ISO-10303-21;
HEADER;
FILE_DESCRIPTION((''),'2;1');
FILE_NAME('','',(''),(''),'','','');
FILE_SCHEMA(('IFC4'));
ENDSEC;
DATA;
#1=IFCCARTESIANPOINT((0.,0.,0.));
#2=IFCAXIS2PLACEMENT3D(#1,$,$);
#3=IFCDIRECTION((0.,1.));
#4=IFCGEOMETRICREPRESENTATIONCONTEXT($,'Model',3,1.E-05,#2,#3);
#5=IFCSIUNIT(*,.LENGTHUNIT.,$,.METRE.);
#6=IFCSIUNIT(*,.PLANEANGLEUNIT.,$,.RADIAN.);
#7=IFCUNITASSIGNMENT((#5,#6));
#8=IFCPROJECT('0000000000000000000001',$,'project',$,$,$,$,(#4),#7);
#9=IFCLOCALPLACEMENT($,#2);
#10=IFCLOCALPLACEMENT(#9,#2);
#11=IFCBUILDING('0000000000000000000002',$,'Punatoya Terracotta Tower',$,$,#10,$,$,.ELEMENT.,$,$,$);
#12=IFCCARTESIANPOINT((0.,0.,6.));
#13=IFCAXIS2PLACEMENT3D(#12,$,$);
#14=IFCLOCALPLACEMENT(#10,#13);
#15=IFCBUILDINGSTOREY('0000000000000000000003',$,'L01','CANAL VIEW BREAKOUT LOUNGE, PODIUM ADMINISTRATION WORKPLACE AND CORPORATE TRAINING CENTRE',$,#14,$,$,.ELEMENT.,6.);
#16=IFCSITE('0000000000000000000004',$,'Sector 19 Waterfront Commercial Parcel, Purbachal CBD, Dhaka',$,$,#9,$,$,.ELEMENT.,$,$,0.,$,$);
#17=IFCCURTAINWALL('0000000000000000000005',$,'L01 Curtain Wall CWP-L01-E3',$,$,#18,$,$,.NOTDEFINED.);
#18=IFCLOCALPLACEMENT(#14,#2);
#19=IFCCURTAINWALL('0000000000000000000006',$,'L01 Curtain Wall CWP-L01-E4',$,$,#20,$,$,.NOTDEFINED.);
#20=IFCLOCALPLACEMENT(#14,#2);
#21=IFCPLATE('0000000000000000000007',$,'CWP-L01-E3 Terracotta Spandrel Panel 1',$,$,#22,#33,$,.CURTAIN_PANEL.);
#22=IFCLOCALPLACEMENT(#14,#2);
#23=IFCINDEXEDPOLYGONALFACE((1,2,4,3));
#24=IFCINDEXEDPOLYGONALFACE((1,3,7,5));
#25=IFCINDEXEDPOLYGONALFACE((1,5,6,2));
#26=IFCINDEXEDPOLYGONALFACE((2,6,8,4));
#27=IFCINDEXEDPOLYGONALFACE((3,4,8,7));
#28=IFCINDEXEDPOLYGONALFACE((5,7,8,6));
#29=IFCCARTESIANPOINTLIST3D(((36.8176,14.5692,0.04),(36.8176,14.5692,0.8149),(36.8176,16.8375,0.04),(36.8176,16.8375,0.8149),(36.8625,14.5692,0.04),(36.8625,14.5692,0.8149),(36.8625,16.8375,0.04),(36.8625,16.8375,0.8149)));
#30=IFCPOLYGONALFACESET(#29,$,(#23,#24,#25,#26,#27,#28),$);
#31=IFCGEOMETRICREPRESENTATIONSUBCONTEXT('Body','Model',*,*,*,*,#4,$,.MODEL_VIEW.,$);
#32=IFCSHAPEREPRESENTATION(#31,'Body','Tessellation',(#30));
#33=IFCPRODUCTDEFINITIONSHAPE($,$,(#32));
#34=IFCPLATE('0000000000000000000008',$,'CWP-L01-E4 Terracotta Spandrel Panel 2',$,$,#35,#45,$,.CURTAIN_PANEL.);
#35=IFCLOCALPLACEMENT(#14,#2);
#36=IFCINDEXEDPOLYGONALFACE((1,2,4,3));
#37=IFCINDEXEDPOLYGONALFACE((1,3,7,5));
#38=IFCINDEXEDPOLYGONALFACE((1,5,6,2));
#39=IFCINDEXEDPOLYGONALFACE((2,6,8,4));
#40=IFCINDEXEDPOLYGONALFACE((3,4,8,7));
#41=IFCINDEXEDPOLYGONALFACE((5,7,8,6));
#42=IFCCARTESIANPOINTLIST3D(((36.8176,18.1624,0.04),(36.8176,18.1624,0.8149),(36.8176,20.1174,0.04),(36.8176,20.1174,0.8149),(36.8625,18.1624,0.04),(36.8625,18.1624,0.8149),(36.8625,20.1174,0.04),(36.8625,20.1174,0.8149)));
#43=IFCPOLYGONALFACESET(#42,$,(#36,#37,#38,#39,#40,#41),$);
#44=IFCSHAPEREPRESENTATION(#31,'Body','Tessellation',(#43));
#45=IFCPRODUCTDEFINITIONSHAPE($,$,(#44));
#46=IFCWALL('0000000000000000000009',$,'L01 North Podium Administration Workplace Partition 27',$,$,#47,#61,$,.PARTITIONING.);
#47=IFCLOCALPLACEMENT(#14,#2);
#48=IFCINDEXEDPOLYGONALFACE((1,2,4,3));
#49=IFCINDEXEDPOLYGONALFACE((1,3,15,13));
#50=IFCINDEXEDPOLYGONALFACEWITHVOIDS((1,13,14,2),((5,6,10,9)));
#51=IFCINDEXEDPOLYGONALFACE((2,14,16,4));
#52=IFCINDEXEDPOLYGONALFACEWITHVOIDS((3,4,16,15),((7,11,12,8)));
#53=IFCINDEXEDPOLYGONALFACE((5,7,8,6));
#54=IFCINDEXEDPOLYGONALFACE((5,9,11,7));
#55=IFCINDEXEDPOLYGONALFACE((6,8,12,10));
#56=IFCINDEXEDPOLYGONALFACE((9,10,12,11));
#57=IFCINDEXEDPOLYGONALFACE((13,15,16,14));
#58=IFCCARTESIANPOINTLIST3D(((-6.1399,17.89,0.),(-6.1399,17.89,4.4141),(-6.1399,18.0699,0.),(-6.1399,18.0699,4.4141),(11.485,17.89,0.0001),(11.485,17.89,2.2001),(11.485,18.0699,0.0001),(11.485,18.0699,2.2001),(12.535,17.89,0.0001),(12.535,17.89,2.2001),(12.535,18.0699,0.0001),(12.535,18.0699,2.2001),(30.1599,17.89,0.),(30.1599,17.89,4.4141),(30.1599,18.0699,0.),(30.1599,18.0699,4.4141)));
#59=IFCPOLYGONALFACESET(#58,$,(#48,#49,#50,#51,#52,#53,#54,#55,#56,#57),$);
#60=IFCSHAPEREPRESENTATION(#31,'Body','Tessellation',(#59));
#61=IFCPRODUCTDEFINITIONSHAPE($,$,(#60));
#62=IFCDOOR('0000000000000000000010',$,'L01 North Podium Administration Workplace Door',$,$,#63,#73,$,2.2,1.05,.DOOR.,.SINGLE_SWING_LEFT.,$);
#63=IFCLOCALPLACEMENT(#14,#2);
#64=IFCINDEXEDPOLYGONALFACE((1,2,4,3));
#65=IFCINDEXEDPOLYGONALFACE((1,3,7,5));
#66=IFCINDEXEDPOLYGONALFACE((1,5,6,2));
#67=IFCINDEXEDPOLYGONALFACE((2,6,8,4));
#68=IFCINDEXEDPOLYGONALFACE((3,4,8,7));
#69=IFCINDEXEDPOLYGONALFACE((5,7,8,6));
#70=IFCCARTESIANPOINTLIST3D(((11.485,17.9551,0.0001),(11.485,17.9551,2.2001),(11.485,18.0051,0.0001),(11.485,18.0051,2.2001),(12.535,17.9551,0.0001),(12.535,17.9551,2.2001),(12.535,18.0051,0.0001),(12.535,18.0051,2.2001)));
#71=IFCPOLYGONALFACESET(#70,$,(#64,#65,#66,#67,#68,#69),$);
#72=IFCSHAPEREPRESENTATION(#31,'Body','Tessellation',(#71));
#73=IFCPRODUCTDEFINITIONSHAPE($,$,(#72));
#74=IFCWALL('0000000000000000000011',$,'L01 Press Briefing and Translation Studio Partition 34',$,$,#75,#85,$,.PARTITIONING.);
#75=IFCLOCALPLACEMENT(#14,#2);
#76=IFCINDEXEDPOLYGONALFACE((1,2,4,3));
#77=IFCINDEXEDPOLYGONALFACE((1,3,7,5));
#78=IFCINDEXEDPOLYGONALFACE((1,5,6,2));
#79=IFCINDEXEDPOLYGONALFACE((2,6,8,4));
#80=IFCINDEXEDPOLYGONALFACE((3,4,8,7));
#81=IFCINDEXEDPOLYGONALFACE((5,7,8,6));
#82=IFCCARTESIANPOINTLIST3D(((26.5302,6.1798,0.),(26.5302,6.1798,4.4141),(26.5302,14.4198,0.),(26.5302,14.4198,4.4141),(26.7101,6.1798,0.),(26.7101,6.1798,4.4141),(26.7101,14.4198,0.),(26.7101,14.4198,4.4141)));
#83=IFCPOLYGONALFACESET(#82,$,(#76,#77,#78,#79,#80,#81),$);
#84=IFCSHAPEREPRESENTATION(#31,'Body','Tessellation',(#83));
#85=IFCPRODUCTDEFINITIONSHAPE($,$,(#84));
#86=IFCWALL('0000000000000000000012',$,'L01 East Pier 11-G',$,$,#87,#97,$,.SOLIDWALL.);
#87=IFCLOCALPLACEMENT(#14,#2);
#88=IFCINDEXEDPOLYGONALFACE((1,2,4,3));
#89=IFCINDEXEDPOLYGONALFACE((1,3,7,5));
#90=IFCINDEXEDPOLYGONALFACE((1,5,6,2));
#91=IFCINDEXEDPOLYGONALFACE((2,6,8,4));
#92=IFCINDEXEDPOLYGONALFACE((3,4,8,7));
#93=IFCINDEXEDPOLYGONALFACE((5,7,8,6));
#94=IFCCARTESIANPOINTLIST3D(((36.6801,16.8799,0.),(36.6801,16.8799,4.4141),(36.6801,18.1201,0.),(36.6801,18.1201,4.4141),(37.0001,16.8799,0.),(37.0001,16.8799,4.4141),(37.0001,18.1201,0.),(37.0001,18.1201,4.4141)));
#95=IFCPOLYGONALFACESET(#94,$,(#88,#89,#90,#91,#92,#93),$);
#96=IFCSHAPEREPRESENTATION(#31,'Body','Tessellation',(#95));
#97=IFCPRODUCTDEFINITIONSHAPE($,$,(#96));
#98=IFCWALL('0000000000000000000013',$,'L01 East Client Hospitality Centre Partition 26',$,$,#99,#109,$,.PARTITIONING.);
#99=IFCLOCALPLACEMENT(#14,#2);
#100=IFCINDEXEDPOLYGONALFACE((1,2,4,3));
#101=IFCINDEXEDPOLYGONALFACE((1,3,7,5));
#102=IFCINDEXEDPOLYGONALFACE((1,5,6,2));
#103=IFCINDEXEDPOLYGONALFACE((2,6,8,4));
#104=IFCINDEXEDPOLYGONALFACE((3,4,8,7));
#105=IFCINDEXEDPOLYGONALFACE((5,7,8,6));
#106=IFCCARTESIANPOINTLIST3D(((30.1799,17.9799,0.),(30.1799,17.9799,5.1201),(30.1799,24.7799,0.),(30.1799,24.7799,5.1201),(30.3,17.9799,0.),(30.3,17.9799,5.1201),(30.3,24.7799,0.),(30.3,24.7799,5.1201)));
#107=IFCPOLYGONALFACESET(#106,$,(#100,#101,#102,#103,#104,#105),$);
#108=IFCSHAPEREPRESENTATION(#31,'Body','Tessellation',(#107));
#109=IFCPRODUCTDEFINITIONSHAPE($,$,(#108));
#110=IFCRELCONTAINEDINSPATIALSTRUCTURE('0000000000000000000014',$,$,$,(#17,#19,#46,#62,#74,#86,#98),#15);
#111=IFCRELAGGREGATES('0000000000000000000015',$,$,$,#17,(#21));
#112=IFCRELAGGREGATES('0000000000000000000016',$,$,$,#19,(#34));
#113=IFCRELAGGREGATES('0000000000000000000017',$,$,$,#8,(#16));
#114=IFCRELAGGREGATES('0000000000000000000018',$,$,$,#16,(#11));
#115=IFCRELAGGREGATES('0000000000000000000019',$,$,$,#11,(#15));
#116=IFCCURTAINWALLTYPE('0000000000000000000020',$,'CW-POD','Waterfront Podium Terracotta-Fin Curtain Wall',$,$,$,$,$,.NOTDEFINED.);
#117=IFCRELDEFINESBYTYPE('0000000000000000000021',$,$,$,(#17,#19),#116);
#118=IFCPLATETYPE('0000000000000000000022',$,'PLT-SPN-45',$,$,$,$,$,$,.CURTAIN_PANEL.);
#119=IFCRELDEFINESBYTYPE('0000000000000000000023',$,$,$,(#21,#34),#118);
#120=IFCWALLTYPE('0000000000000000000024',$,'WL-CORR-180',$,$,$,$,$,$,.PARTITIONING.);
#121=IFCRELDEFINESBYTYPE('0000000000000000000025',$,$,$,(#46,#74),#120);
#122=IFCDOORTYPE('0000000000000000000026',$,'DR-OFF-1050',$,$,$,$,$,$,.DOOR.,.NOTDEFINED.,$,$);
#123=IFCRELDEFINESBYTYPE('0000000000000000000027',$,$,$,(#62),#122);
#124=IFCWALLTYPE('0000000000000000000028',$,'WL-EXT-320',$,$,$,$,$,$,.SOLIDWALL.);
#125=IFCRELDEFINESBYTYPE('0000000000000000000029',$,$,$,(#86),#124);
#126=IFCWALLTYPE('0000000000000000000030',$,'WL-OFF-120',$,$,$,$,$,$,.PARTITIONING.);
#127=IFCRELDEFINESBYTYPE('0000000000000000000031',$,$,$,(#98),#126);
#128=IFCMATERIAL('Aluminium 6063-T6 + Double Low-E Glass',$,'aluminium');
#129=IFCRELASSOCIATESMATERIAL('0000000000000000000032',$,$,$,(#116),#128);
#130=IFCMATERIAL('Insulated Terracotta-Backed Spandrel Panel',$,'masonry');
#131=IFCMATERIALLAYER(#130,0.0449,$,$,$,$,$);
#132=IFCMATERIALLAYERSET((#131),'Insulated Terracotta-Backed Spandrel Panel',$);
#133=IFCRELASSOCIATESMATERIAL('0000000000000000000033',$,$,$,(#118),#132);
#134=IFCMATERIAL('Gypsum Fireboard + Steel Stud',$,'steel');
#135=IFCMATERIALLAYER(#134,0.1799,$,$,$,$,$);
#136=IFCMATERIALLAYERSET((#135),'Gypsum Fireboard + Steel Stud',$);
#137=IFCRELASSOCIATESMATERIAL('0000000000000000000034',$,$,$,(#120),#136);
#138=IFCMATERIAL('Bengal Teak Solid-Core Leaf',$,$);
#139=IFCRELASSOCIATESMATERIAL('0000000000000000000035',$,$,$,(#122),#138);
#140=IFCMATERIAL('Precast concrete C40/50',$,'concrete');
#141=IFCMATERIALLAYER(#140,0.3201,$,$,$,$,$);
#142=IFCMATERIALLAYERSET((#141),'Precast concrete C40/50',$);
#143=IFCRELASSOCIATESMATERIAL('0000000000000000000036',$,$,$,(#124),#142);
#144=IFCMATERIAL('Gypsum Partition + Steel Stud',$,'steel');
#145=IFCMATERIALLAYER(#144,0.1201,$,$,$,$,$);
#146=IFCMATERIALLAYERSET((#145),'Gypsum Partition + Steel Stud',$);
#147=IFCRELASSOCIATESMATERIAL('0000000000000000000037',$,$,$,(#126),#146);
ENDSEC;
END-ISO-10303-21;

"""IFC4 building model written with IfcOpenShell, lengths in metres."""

from ifc_helpers import new_model, si_unit, direction, frame, frame_2d, origin, origin_2d, place, context, subcontext, project, spatial, rectangle, extrude, material, layer, layer_set, type_object, element, fill, aggregate, save


model = new_model("IFC4")

# Units and contexts
model_context = context("Model", 3, precision=1e-05, world=origin(), true_north=direction((0.0, 1.0)))
body_context = subcontext(model_context, "Body", "Model", "MODEL_VIEW")
ifc_project = project(units=[si_unit("LENGTHUNIT", "METRE"), si_unit("PLANEANGLEUNIT", "RADIAN")], contexts=[model_context])

# Site, building, storey
site_placement = place(None, origin())
site = spatial("IfcSite", under=ifc_project, at=site_placement, Name="Sector 19 Waterfront Commercial Parcel, Purbachal CBD, Dhaka", CompositionType="ELEMENT", RefElevation=0.0)
building_placement = place(site_placement, origin())
building = spatial("IfcBuilding", under=site, at=building_placement, Name="Punatoya Terracotta Tower", CompositionType="ELEMENT")
storey_placement = place(building_placement, frame((0.0, 0.0, 6.0)))
storey = spatial("IfcBuildingStorey", under=building, at=storey_placement, Name="L01", Description="CANAL VIEW BREAKOUT LOUNGE, PODIUM ADMINISTRATION WORKPLACE AND CORPORATE TRAINING CENTRE", CompositionType="ELEMENT", Elevation=6.0)

# Curtain wall
ifc_material_1 = material(Name="Aluminium 6063-T6 + Double Low-E Glass", Category="aluminium")
curtain_wall_type = type_object("IfcCurtainWallType", Name="CW-POD", Description="Waterfront Podium Terracotta-Fin Curtain Wall", PredefinedType="NOTDEFINED", material=ifc_material_1)
curtain_wall_1_placement = place(storey_placement, origin())
curtain_wall_1 = element("IfcCurtainWall", 1, at=curtain_wall_1_placement, inside=storey, type_object=curtain_wall_type, Name="L01 Curtain Wall CWP-L01-E3", PredefinedType="NOTDEFINED")

# Curtain wall
curtain_wall_2_placement = place(storey_placement, origin())
curtain_wall_2 = element("IfcCurtainWall", 2, at=curtain_wall_2_placement, inside=storey, type_object=curtain_wall_type, Name="L01 Curtain Wall CWP-L01-E4", PredefinedType="NOTDEFINED")

# Plates
ifc_material_2 = material(Name="Insulated Terracotta-Backed Spandrel Panel", Category="masonry")
ifc_layer_1 = layer(ifc_material_2, 0.0449)
ifc_layer_set_1 = layer_set([ifc_layer_1], Name="Insulated Terracotta-Backed Spandrel Panel")
plate_type_1 = type_object("IfcPlateType", Name="PLT-SPN-45", PredefinedType="CURTAIN_PANEL", material=ifc_layer_set_1)
plate_1_placement = place(storey_placement, frame((36.8401, 15.7034, 0.04), z_axis=(0.0, 0.0, 1.0), x_axis=(0.0, -1.0, 0.0)))
plate_1 = element("IfcPlate", 3, at=plate_1_placement, type_object=plate_type_1, Name="CWP-L01-E3 Terracotta Spandrel Panel 1", PredefinedType="CURTAIN_PANEL", context=body_context, shape_type="SweptSolid", body=[
    extrude(rectangle(XDim=2.2683, YDim=0.0449, at=origin_2d()), origin(), (0.0, 0.0, 1.0), 0.7749),
])
aggregate(curtain_wall_1, [plate_1])
plate_2_placement = place(storey_placement, frame((36.8401, 19.1399, 0.04), z_axis=(0.0, 0.0, 1.0), x_axis=(0.0, -1.0, 0.0)))
plate_2 = element("IfcPlate", 4, at=plate_2_placement, type_object=plate_type_1, Name="CWP-L01-E4 Terracotta Spandrel Panel 2", PredefinedType="CURTAIN_PANEL", context=body_context, shape_type="SweptSolid", body=[
    extrude(rectangle(XDim=1.9551, YDim=0.0449, at=origin_2d()), origin(), (0.0, 0.0, 1.0), 0.7749),
])
aggregate(curtain_wall_2, [plate_2])

# Wall, opening, door
ifc_material_3 = material(Name="Gypsum Fireboard + Steel Stud", Category="steel")
ifc_layer_2 = layer(ifc_material_3, 0.1799)
ifc_layer_set_2 = layer_set([ifc_layer_2], Name="Gypsum Fireboard + Steel Stud")
wall_type_1 = type_object("IfcWallType", Name="WL-CORR-180", PredefinedType="PARTITIONING", material=ifc_layer_set_2)
wall_1_placement = place(storey_placement, frame((30.1599, 17.98, 0.0), z_axis=(0.0, 0.0, 1.0), x_axis=(-1.0, 0.0, 0.0)))
wall_1 = element("IfcWall", 5, at=wall_1_placement, inside=storey, type_object=wall_type_1, Name="L01 North Podium Administration Workplace Partition 27", PredefinedType="PARTITIONING", context=body_context, shape_type="SweptSolid", body=[
    extrude(rectangle(XDim=36.2998, YDim=0.1799, at=frame_2d((18.1499, 0.0))), origin(), (0.0, 0.0, 1.0), 4.4141),
])
opening_placement = place(wall_1_placement, frame((17.625, 0.0, 0.0)))
opening = element("IfcOpeningElement", 6, at=opening_placement, cuts=wall_1, PredefinedType="OPENING", context=body_context, shape_type="SweptSolid", body=[
    extrude(rectangle(XDim=1.05, YDim=2.2, at=frame_2d((0.5249, 1.1001))), frame((0.0, 0.0999, 0.0), z_axis=(0.0, -1.0, 0.0), x_axis=(1.0, 0.0, 0.0)), (0.0, 0.0, 1.0), 0.2),
])
ifc_material_4 = material(Name="Bengal Teak Solid-Core Leaf")
door_type = type_object("IfcDoorType", Name="DR-OFF-1050", OperationType="NOTDEFINED", PredefinedType="DOOR", material=ifc_material_4)
door_placement = place(opening_placement, origin())
door = element("IfcDoor", 7, at=door_placement, inside=storey, type_object=door_type, Name="L01 North Podium Administration Workplace Door", OperationType="SINGLE_SWING_LEFT", OverallHeight=2.2, OverallWidth=1.05, PredefinedType="DOOR", context=body_context, shape_type="SweptSolid", body=[
    extrude(rectangle(XDim=1.05, YDim=2.2, at=frame_2d((0.5249, 1.1001))), frame((0.0, 0.0249, 0.0), z_axis=(0.0, -1.0, 0.0), x_axis=(1.0, 0.0, 0.0)), (0.0, 0.0, 1.0), 0.05),
])
fill(opening, door)

# Walls
wall_2_placement = place(storey_placement, frame((26.6201, 14.4199, 0.0), z_axis=(0.0, 0.0, 1.0), x_axis=(0.0, -1.0, 0.0)))
element("IfcWall", 8, at=wall_2_placement, inside=storey, type_object=wall_type_1, Name="L01 Press Briefing and Translation Studio Partition 34", PredefinedType="PARTITIONING", context=body_context, shape_type="SweptSolid", body=[
    extrude(rectangle(XDim=8.24, YDim=0.1799, at=frame_2d((4.1201, 0.0))), origin(), (0.0, 0.0, 1.0), 4.4141),
])
ifc_material_5 = material(Name="Precast concrete C40/50", Category="concrete")
ifc_layer_3 = layer(ifc_material_5, 0.3201)
ifc_layer_set_3 = layer_set([ifc_layer_3], Name="Precast concrete C40/50")
wall_type_2 = type_object("IfcWallType", Name="WL-EXT-320", PredefinedType="SOLIDWALL", material=ifc_layer_set_3)
wall_3_placement = place(storey_placement, frame((36.8401, 18.1201, 0.0), z_axis=(0.0, 0.0, 1.0), x_axis=(0.0, -1.0, 0.0)))
element("IfcWall", 9, at=wall_3_placement, inside=storey, type_object=wall_type_2, Name="L01 East Pier 11-G", PredefinedType="SOLIDWALL", context=body_context, shape_type="SweptSolid", body=[
    extrude(rectangle(XDim=1.2402, YDim=0.3201, at=frame_2d((0.6201, 0.0))), origin(), (0.0, 0.0, 1.0), 4.4141),
])
ifc_material_6 = material(Name="Gypsum Partition + Steel Stud", Category="steel")
ifc_layer_4 = layer(ifc_material_6, 0.1201)
ifc_layer_set_4 = layer_set([ifc_layer_4], Name="Gypsum Partition + Steel Stud")
wall_type_3 = type_object("IfcWallType", Name="WL-OFF-120", PredefinedType="PARTITIONING", material=ifc_layer_set_4)
wall_4_placement = place(storey_placement, frame((30.24, 17.98, 0.0), z_axis=(0.0, 0.0, 1.0), x_axis=(0.0, 1.0, 0.0)))
element("IfcWall", 10, at=wall_4_placement, inside=storey, type_object=wall_type_3, Name="L01 East Client Hospitality Centre Partition 26", PredefinedType="PARTITIONING", context=body_context, shape_type="SweptSolid", body=[
    extrude(rectangle(XDim=6.8, YDim=0.1201, at=frame_2d((3.3999, 0.0))), origin(), (0.0, 0.0, 1.0), 5.1201),
])

save(model, "model.ifc")
